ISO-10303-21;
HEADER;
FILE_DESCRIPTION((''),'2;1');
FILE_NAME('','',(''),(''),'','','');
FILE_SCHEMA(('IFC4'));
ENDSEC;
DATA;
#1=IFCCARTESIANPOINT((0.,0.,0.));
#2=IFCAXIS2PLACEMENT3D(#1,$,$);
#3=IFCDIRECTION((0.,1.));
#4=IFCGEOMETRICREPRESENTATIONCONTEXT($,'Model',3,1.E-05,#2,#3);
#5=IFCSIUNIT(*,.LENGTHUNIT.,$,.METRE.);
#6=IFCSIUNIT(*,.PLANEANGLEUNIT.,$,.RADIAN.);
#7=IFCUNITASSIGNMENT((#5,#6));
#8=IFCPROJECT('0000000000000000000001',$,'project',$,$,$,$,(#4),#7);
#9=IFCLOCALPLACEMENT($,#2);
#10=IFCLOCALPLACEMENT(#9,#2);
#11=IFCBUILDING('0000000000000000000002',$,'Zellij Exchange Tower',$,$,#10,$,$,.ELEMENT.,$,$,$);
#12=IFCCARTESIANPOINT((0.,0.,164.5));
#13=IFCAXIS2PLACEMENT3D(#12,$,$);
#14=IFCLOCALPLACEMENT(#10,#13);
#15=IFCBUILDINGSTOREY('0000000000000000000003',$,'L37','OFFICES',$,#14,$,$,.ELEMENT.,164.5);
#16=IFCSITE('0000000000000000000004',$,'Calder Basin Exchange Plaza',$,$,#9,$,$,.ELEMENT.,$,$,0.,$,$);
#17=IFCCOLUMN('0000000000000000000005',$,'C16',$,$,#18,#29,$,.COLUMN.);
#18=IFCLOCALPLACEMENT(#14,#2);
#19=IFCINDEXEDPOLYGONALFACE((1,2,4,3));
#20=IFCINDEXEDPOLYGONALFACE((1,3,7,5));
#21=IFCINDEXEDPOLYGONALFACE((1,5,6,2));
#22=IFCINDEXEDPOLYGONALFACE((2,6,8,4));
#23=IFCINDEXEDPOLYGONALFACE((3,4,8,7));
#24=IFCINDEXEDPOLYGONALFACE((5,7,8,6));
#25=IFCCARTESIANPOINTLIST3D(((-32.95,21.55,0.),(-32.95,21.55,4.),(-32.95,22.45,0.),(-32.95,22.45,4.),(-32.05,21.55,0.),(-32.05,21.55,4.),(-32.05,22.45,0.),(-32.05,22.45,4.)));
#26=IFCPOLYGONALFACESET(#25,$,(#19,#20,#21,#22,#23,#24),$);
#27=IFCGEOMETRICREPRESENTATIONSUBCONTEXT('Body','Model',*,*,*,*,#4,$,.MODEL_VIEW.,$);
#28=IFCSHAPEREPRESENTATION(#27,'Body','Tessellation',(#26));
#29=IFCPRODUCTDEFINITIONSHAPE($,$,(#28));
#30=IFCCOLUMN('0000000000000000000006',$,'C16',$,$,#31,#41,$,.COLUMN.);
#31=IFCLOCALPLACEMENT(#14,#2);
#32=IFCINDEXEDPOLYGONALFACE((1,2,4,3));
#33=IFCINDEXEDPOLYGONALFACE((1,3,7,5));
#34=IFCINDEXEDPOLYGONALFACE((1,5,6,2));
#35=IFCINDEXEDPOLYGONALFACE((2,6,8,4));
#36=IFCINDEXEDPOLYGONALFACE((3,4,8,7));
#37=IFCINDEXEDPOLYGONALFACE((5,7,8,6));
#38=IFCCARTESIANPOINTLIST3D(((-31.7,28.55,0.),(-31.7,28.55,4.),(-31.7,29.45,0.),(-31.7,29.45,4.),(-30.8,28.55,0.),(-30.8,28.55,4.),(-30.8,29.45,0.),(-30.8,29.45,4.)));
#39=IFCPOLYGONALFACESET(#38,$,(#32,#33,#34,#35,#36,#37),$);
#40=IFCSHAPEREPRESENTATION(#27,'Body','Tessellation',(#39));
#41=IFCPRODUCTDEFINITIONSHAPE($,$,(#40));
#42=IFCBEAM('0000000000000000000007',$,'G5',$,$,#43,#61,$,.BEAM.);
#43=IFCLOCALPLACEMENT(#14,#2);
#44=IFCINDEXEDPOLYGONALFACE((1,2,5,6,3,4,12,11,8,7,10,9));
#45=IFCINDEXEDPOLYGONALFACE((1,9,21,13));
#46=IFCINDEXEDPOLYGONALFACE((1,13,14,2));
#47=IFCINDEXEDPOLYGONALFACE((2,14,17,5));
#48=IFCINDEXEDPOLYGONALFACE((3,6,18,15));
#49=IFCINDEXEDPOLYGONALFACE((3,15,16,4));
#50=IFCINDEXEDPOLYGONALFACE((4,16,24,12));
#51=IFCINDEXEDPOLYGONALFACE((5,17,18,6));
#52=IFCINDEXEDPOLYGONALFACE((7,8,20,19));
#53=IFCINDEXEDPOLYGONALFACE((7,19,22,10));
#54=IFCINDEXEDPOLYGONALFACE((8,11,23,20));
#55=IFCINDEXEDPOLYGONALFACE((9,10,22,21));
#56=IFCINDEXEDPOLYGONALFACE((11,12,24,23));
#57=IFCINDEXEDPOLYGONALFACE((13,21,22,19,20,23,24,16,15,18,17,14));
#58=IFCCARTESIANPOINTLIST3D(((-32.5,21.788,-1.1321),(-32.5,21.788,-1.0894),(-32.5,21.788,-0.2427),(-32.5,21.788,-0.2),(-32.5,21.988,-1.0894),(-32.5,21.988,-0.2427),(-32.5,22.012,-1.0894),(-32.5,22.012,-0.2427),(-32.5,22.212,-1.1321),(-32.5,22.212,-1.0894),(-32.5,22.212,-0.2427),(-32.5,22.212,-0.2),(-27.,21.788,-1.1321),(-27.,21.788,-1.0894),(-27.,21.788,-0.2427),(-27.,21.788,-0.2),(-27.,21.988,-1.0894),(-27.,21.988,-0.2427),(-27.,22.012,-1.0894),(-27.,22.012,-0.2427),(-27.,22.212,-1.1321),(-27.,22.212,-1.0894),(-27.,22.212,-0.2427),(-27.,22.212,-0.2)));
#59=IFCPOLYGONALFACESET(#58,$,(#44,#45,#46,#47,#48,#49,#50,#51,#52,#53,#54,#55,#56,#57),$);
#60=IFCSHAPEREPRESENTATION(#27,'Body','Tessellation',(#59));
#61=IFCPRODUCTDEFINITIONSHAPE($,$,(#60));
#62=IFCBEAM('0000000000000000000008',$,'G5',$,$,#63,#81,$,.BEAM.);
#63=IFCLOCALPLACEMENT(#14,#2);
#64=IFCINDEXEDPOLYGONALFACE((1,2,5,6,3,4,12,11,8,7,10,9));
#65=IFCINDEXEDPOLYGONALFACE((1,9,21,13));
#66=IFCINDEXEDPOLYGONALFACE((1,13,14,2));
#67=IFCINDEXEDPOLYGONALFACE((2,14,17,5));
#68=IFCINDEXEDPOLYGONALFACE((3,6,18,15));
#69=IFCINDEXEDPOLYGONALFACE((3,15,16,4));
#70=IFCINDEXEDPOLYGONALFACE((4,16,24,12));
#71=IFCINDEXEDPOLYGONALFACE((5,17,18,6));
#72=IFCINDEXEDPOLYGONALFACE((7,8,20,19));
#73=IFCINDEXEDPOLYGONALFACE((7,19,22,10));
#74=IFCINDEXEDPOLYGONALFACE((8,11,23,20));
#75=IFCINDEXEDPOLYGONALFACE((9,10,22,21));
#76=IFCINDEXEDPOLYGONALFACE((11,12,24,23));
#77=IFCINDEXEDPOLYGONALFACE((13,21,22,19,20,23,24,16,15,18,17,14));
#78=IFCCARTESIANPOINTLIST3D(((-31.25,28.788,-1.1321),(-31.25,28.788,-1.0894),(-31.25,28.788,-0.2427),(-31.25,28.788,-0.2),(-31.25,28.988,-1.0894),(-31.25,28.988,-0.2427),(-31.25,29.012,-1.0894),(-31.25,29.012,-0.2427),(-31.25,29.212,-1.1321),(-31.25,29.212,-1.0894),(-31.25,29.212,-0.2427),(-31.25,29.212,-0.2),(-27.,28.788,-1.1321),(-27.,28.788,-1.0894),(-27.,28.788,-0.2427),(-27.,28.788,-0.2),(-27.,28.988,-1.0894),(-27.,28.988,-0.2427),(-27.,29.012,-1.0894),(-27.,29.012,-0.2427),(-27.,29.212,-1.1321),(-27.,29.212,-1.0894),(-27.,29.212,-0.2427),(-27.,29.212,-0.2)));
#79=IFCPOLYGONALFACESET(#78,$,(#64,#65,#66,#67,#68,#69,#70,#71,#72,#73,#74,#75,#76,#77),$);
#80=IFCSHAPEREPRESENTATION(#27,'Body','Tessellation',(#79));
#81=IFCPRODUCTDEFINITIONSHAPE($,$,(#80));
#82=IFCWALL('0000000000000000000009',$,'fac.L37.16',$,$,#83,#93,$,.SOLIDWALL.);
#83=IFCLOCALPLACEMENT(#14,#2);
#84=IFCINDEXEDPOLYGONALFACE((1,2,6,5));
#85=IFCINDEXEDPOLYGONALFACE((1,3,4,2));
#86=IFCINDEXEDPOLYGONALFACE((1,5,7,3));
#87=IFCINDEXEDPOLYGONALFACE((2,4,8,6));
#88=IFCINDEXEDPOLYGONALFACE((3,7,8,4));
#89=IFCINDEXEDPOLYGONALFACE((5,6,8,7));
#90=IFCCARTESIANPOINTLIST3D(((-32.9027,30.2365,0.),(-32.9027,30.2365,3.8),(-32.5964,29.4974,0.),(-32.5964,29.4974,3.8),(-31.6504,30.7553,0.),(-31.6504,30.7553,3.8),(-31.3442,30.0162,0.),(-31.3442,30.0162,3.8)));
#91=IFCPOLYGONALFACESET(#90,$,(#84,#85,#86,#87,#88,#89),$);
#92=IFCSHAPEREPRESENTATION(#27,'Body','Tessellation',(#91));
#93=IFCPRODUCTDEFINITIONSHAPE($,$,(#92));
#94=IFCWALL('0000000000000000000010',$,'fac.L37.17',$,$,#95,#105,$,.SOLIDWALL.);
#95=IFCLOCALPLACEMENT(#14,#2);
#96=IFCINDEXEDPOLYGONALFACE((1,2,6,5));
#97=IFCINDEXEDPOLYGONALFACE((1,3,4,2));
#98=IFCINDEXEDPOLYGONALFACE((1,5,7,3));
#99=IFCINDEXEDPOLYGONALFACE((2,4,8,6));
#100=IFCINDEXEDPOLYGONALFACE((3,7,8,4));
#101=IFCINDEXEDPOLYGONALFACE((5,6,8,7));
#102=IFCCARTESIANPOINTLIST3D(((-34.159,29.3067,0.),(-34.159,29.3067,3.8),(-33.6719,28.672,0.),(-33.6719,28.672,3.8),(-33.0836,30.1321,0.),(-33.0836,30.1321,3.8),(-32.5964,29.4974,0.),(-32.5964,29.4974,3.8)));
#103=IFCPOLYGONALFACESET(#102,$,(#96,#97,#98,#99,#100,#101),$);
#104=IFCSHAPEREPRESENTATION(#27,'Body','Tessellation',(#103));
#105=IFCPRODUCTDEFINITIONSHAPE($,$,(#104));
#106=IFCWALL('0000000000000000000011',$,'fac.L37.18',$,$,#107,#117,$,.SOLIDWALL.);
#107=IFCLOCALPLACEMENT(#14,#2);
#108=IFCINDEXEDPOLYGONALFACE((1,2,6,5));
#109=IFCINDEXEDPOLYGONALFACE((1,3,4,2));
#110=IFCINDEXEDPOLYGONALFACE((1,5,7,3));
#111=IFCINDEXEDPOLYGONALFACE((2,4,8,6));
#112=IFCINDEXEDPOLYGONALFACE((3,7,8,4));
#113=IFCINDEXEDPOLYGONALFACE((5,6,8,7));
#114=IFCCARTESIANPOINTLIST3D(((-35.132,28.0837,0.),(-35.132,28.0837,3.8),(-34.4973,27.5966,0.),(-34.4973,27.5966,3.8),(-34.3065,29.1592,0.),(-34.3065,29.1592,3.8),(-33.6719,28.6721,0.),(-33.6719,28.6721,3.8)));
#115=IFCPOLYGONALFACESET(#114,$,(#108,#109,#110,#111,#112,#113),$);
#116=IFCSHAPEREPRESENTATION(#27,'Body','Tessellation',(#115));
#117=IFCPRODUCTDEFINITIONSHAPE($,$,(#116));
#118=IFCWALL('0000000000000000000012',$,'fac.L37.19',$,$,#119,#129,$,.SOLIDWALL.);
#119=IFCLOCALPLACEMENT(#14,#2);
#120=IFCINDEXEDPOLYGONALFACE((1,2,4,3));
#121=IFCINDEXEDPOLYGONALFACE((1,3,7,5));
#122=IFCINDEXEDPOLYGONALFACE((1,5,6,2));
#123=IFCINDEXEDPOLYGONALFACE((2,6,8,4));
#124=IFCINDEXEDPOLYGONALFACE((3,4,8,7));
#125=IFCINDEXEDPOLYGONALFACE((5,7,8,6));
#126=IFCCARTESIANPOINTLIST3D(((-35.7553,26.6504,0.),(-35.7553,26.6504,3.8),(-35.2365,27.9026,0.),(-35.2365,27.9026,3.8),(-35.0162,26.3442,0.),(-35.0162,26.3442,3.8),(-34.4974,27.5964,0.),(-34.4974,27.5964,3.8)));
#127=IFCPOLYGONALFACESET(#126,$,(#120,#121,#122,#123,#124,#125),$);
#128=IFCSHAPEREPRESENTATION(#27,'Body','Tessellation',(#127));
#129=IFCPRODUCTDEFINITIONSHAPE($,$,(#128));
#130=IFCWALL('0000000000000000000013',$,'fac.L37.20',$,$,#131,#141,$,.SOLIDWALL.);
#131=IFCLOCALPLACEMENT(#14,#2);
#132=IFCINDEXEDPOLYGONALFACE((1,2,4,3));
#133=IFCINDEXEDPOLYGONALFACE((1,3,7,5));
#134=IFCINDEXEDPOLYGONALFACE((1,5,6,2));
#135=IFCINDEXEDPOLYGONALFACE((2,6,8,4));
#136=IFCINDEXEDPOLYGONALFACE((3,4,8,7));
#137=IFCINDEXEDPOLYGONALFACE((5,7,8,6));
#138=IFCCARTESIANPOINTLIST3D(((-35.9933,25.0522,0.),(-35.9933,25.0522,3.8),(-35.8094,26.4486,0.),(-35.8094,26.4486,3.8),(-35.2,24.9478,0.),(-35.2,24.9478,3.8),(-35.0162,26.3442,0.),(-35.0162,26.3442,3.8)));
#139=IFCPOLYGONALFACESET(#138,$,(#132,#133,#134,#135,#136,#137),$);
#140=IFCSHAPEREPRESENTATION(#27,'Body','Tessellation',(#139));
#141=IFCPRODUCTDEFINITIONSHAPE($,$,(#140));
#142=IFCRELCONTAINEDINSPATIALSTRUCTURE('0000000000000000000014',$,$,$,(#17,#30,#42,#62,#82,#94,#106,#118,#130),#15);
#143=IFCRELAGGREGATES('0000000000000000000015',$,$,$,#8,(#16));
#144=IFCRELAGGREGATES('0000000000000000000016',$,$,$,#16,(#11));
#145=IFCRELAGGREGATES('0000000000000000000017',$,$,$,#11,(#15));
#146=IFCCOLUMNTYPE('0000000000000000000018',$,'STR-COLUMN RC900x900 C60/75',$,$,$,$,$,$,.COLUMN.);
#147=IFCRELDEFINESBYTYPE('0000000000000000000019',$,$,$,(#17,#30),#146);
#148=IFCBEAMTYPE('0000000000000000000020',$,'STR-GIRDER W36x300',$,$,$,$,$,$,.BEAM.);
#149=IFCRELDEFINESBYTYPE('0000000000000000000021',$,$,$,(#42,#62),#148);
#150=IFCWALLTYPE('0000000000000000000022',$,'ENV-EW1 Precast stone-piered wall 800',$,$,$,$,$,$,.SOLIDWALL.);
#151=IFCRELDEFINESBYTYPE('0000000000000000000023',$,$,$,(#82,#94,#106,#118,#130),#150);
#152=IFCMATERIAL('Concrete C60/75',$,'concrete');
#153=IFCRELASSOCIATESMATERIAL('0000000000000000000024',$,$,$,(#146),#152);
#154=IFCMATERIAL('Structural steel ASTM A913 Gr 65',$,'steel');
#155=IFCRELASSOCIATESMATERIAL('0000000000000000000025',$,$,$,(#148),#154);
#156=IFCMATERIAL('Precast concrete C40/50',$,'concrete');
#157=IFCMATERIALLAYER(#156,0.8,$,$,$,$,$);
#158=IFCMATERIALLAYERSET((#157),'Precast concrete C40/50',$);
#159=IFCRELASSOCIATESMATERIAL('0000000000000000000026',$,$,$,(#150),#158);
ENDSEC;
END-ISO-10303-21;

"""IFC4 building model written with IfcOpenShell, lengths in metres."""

from ifc_helpers import new_model, si_unit, direction, frame, frame_2d, origin, origin_2d, place, context, subcontext, project, spatial, rectangle, i_section, extrude, material, layer, layer_set, material_profile, profile_set, type_object, element, save


model = new_model("IFC4")

# Units and contexts
model_context = context("Model", 3, precision=1e-05, world=origin(), true_north=direction((0.0, 1.0)))
body_context = subcontext(model_context, "Body", "Model", "MODEL_VIEW")
ifc_project = project(units=[si_unit("LENGTHUNIT", "METRE"), si_unit("PLANEANGLEUNIT", "RADIAN")], contexts=[model_context])

# Site, building, storey
site_placement = place(None, origin())
site = spatial("IfcSite", under=ifc_project, at=site_placement, Name="Calder Basin Exchange Plaza", CompositionType="ELEMENT", RefElevation=0.0)
building_placement = place(site_placement, origin())
building = spatial("IfcBuilding", under=site, at=building_placement, Name="Zellij Exchange Tower", CompositionType="ELEMENT")
storey_placement = place(building_placement, frame((0.0, 0.0, 164.5)))
storey = spatial("IfcBuildingStorey", under=building, at=storey_placement, Name="L37", Description="OFFICES", CompositionType="ELEMENT", Elevation=164.5)

# Columns
ifc_material_1 = material(Name="Concrete C60/75", Category="concrete")
ifc_material_profile_1 = material_profile(ifc_material_1, rectangle(XDim=0.8999, YDim=0.8999, at=origin_2d()), Name="STR-COLUMN RC900x900 C60/75")
ifc_profile_set_1 = profile_set([ifc_material_profile_1], Name="Concrete C60/75")
column_type = type_object("IfcColumnType", Name="STR-COLUMN RC900x900 C60/75", PredefinedType="COLUMN", material=ifc_profile_set_1)
for number, where, z_axis, x_axis, name in (
    (1, (-32.5, 22.0, 0.0), (0.0, 0.0, 1.0), (1.0, 0.0, 0.0), "C16"),
    (2, (-31.25, 29.0, 0.0), (0.0, 0.0, 1.0), (1.0, 0.0, 0.0), "C16"),
):
    element("IfcColumn", number, at=place(storey_placement, frame(where, z_axis=z_axis, x_axis=x_axis)), inside=storey, type_object=column_type, Name=name, PredefinedType="COLUMN", context=body_context, shape_type="SweptSolid", body=[
        extrude(rectangle(XDim=0.8999, YDim=0.8999, at=origin_2d()), origin(), (0.0, 0.0, 1.0), 4.0),
    ])

# Beams
ifc_material_2 = material(Name="Structural steel ASTM A913 Gr 65", Category="steel")
ifc_material_profile_2 = material_profile(ifc_material_2, i_section(OverallWidth=0.4241, OverallDepth=0.9321, WebThickness=0.0239, FlangeThickness=0.0427, at=origin_2d()), Name="W36x300")
ifc_profile_set_2 = profile_set([ifc_material_profile_2], Name="Structural steel ASTM A913 Gr 65")
beam_type = type_object("IfcBeamType", Name="STR-GIRDER W36x300", PredefinedType="BEAM", material=ifc_profile_set_2)
beam_1_placement = place(storey_placement, frame((-32.5, 22.0, -0.666), z_axis=(1.0, 0.0, 0.0), x_axis=(0.0, 1.0, 0.0)))
element("IfcBeam", 3, at=beam_1_placement, inside=storey, type_object=beam_type, Name="G5", PredefinedType="BEAM", context=body_context, shape_type="SweptSolid", body=[
    extrude(i_section(OverallWidth=0.4241, OverallDepth=0.9321, WebThickness=0.0239, FlangeThickness=0.0427, at=origin_2d()), origin(), (0.0, 0.0, 1.0), 5.5),
])
beam_2_placement = place(storey_placement, frame((-31.25, 29.0, -0.666), z_axis=(1.0, 0.0, 0.0), x_axis=(0.0, 1.0, 0.0)))
element("IfcBeam", 4, at=beam_2_placement, inside=storey, type_object=beam_type, Name="G5", PredefinedType="BEAM", context=body_context, shape_type="SweptSolid", body=[
    extrude(i_section(OverallWidth=0.4241, OverallDepth=0.9321, WebThickness=0.0239, FlangeThickness=0.0427, at=origin_2d()), origin(), (0.0, 0.0, 1.0), 4.25),
])

# Walls
ifc_material_3 = material(Name="Precast concrete C40/50", Category="concrete")
ifc_layer_1 = layer(ifc_material_3, 0.8)
ifc_layer_set_1 = layer_set([ifc_layer_1], Name="Precast concrete C40/50")
wall_type_1 = type_object("IfcWallType", Name="ENV-EW1 Precast stone-piered wall 800", PredefinedType="SOLIDWALL", material=ifc_layer_set_1)
wall_1_placement = place(storey_placement, frame((-31.4973, 30.3857, 0.0), z_axis=(0.0, 0.0, 1.0), x_axis=(-0.923848, -0.38276, 0.0)))
element("IfcWall", 5, at=wall_1_placement, inside=storey, type_object=wall_type_1, Name="fac.L37.16", PredefinedType="SOLIDWALL", context=body_context, shape_type="SweptSolid", body=[
    extrude(rectangle(XDim=1.3555, YDim=0.8, at=frame_2d((0.6777, 0.0))), origin(), (0.0, 0.0, 1.0), 3.8),
])
for number, where, z_axis, x_axis, name in (
    (6, (-32.8401, 29.8147, 0.0), (0.0, 0.0, 1.0), (-0.793273, -0.608866, 0.0), "fac.L37.17"),
    (7, (-33.9893, 28.9155, 0.0), (0.0, 0.0, 1.0), (-0.608866, -0.793273, 0.0), "fac.L37.18"),
):
    element("IfcWall", number, at=place(storey_placement, frame(where, z_axis=z_axis, x_axis=x_axis)), inside=storey, type_object=wall_type_1, Name=name, PredefinedType="SOLIDWALL", context=body_context, shape_type="SweptSolid", body=[
        extrude(rectangle(XDim=1.3557, YDim=0.8, at=frame_2d((0.6777, 0.0))), origin(), (0.0, 0.0, 1.0), 3.8),
    ])
wall_2_placement = place(storey_placement, frame((-34.8669, 27.7495, 0.0), z_axis=(0.0, 0.0, 1.0), x_axis=(-0.38276, -0.923848, 0.0)))
element("IfcWall", 8, at=wall_2_placement, inside=storey, type_object=wall_type_1, Name="fac.L37.19", PredefinedType="SOLIDWALL", context=body_context, shape_type="SweptSolid", body=[
    extrude(rectangle(XDim=1.3555, YDim=0.8, at=frame_2d((0.6777, 0.0))), origin(), (0.0, 0.0, 1.0), 3.8),
])
wall_3_placement = place(storey_placement, frame((-35.4128, 26.3962, 0.0), z_axis=(0.0, 0.0, 1.0), x_axis=(-0.130517, -0.991446, 0.0)))
element("IfcWall", 9, at=wall_3_placement, inside=storey, type_object=wall_type_1, Name="fac.L37.20", PredefinedType="SOLIDWALL", context=body_context, shape_type="SweptSolid", body=[
    extrude(rectangle(XDim=1.4084, YDim=0.8, at=frame_2d((0.7041, 0.0))), origin(), (0.0, 0.0, 1.0), 3.8),
])

save(model, "model.ifc")
